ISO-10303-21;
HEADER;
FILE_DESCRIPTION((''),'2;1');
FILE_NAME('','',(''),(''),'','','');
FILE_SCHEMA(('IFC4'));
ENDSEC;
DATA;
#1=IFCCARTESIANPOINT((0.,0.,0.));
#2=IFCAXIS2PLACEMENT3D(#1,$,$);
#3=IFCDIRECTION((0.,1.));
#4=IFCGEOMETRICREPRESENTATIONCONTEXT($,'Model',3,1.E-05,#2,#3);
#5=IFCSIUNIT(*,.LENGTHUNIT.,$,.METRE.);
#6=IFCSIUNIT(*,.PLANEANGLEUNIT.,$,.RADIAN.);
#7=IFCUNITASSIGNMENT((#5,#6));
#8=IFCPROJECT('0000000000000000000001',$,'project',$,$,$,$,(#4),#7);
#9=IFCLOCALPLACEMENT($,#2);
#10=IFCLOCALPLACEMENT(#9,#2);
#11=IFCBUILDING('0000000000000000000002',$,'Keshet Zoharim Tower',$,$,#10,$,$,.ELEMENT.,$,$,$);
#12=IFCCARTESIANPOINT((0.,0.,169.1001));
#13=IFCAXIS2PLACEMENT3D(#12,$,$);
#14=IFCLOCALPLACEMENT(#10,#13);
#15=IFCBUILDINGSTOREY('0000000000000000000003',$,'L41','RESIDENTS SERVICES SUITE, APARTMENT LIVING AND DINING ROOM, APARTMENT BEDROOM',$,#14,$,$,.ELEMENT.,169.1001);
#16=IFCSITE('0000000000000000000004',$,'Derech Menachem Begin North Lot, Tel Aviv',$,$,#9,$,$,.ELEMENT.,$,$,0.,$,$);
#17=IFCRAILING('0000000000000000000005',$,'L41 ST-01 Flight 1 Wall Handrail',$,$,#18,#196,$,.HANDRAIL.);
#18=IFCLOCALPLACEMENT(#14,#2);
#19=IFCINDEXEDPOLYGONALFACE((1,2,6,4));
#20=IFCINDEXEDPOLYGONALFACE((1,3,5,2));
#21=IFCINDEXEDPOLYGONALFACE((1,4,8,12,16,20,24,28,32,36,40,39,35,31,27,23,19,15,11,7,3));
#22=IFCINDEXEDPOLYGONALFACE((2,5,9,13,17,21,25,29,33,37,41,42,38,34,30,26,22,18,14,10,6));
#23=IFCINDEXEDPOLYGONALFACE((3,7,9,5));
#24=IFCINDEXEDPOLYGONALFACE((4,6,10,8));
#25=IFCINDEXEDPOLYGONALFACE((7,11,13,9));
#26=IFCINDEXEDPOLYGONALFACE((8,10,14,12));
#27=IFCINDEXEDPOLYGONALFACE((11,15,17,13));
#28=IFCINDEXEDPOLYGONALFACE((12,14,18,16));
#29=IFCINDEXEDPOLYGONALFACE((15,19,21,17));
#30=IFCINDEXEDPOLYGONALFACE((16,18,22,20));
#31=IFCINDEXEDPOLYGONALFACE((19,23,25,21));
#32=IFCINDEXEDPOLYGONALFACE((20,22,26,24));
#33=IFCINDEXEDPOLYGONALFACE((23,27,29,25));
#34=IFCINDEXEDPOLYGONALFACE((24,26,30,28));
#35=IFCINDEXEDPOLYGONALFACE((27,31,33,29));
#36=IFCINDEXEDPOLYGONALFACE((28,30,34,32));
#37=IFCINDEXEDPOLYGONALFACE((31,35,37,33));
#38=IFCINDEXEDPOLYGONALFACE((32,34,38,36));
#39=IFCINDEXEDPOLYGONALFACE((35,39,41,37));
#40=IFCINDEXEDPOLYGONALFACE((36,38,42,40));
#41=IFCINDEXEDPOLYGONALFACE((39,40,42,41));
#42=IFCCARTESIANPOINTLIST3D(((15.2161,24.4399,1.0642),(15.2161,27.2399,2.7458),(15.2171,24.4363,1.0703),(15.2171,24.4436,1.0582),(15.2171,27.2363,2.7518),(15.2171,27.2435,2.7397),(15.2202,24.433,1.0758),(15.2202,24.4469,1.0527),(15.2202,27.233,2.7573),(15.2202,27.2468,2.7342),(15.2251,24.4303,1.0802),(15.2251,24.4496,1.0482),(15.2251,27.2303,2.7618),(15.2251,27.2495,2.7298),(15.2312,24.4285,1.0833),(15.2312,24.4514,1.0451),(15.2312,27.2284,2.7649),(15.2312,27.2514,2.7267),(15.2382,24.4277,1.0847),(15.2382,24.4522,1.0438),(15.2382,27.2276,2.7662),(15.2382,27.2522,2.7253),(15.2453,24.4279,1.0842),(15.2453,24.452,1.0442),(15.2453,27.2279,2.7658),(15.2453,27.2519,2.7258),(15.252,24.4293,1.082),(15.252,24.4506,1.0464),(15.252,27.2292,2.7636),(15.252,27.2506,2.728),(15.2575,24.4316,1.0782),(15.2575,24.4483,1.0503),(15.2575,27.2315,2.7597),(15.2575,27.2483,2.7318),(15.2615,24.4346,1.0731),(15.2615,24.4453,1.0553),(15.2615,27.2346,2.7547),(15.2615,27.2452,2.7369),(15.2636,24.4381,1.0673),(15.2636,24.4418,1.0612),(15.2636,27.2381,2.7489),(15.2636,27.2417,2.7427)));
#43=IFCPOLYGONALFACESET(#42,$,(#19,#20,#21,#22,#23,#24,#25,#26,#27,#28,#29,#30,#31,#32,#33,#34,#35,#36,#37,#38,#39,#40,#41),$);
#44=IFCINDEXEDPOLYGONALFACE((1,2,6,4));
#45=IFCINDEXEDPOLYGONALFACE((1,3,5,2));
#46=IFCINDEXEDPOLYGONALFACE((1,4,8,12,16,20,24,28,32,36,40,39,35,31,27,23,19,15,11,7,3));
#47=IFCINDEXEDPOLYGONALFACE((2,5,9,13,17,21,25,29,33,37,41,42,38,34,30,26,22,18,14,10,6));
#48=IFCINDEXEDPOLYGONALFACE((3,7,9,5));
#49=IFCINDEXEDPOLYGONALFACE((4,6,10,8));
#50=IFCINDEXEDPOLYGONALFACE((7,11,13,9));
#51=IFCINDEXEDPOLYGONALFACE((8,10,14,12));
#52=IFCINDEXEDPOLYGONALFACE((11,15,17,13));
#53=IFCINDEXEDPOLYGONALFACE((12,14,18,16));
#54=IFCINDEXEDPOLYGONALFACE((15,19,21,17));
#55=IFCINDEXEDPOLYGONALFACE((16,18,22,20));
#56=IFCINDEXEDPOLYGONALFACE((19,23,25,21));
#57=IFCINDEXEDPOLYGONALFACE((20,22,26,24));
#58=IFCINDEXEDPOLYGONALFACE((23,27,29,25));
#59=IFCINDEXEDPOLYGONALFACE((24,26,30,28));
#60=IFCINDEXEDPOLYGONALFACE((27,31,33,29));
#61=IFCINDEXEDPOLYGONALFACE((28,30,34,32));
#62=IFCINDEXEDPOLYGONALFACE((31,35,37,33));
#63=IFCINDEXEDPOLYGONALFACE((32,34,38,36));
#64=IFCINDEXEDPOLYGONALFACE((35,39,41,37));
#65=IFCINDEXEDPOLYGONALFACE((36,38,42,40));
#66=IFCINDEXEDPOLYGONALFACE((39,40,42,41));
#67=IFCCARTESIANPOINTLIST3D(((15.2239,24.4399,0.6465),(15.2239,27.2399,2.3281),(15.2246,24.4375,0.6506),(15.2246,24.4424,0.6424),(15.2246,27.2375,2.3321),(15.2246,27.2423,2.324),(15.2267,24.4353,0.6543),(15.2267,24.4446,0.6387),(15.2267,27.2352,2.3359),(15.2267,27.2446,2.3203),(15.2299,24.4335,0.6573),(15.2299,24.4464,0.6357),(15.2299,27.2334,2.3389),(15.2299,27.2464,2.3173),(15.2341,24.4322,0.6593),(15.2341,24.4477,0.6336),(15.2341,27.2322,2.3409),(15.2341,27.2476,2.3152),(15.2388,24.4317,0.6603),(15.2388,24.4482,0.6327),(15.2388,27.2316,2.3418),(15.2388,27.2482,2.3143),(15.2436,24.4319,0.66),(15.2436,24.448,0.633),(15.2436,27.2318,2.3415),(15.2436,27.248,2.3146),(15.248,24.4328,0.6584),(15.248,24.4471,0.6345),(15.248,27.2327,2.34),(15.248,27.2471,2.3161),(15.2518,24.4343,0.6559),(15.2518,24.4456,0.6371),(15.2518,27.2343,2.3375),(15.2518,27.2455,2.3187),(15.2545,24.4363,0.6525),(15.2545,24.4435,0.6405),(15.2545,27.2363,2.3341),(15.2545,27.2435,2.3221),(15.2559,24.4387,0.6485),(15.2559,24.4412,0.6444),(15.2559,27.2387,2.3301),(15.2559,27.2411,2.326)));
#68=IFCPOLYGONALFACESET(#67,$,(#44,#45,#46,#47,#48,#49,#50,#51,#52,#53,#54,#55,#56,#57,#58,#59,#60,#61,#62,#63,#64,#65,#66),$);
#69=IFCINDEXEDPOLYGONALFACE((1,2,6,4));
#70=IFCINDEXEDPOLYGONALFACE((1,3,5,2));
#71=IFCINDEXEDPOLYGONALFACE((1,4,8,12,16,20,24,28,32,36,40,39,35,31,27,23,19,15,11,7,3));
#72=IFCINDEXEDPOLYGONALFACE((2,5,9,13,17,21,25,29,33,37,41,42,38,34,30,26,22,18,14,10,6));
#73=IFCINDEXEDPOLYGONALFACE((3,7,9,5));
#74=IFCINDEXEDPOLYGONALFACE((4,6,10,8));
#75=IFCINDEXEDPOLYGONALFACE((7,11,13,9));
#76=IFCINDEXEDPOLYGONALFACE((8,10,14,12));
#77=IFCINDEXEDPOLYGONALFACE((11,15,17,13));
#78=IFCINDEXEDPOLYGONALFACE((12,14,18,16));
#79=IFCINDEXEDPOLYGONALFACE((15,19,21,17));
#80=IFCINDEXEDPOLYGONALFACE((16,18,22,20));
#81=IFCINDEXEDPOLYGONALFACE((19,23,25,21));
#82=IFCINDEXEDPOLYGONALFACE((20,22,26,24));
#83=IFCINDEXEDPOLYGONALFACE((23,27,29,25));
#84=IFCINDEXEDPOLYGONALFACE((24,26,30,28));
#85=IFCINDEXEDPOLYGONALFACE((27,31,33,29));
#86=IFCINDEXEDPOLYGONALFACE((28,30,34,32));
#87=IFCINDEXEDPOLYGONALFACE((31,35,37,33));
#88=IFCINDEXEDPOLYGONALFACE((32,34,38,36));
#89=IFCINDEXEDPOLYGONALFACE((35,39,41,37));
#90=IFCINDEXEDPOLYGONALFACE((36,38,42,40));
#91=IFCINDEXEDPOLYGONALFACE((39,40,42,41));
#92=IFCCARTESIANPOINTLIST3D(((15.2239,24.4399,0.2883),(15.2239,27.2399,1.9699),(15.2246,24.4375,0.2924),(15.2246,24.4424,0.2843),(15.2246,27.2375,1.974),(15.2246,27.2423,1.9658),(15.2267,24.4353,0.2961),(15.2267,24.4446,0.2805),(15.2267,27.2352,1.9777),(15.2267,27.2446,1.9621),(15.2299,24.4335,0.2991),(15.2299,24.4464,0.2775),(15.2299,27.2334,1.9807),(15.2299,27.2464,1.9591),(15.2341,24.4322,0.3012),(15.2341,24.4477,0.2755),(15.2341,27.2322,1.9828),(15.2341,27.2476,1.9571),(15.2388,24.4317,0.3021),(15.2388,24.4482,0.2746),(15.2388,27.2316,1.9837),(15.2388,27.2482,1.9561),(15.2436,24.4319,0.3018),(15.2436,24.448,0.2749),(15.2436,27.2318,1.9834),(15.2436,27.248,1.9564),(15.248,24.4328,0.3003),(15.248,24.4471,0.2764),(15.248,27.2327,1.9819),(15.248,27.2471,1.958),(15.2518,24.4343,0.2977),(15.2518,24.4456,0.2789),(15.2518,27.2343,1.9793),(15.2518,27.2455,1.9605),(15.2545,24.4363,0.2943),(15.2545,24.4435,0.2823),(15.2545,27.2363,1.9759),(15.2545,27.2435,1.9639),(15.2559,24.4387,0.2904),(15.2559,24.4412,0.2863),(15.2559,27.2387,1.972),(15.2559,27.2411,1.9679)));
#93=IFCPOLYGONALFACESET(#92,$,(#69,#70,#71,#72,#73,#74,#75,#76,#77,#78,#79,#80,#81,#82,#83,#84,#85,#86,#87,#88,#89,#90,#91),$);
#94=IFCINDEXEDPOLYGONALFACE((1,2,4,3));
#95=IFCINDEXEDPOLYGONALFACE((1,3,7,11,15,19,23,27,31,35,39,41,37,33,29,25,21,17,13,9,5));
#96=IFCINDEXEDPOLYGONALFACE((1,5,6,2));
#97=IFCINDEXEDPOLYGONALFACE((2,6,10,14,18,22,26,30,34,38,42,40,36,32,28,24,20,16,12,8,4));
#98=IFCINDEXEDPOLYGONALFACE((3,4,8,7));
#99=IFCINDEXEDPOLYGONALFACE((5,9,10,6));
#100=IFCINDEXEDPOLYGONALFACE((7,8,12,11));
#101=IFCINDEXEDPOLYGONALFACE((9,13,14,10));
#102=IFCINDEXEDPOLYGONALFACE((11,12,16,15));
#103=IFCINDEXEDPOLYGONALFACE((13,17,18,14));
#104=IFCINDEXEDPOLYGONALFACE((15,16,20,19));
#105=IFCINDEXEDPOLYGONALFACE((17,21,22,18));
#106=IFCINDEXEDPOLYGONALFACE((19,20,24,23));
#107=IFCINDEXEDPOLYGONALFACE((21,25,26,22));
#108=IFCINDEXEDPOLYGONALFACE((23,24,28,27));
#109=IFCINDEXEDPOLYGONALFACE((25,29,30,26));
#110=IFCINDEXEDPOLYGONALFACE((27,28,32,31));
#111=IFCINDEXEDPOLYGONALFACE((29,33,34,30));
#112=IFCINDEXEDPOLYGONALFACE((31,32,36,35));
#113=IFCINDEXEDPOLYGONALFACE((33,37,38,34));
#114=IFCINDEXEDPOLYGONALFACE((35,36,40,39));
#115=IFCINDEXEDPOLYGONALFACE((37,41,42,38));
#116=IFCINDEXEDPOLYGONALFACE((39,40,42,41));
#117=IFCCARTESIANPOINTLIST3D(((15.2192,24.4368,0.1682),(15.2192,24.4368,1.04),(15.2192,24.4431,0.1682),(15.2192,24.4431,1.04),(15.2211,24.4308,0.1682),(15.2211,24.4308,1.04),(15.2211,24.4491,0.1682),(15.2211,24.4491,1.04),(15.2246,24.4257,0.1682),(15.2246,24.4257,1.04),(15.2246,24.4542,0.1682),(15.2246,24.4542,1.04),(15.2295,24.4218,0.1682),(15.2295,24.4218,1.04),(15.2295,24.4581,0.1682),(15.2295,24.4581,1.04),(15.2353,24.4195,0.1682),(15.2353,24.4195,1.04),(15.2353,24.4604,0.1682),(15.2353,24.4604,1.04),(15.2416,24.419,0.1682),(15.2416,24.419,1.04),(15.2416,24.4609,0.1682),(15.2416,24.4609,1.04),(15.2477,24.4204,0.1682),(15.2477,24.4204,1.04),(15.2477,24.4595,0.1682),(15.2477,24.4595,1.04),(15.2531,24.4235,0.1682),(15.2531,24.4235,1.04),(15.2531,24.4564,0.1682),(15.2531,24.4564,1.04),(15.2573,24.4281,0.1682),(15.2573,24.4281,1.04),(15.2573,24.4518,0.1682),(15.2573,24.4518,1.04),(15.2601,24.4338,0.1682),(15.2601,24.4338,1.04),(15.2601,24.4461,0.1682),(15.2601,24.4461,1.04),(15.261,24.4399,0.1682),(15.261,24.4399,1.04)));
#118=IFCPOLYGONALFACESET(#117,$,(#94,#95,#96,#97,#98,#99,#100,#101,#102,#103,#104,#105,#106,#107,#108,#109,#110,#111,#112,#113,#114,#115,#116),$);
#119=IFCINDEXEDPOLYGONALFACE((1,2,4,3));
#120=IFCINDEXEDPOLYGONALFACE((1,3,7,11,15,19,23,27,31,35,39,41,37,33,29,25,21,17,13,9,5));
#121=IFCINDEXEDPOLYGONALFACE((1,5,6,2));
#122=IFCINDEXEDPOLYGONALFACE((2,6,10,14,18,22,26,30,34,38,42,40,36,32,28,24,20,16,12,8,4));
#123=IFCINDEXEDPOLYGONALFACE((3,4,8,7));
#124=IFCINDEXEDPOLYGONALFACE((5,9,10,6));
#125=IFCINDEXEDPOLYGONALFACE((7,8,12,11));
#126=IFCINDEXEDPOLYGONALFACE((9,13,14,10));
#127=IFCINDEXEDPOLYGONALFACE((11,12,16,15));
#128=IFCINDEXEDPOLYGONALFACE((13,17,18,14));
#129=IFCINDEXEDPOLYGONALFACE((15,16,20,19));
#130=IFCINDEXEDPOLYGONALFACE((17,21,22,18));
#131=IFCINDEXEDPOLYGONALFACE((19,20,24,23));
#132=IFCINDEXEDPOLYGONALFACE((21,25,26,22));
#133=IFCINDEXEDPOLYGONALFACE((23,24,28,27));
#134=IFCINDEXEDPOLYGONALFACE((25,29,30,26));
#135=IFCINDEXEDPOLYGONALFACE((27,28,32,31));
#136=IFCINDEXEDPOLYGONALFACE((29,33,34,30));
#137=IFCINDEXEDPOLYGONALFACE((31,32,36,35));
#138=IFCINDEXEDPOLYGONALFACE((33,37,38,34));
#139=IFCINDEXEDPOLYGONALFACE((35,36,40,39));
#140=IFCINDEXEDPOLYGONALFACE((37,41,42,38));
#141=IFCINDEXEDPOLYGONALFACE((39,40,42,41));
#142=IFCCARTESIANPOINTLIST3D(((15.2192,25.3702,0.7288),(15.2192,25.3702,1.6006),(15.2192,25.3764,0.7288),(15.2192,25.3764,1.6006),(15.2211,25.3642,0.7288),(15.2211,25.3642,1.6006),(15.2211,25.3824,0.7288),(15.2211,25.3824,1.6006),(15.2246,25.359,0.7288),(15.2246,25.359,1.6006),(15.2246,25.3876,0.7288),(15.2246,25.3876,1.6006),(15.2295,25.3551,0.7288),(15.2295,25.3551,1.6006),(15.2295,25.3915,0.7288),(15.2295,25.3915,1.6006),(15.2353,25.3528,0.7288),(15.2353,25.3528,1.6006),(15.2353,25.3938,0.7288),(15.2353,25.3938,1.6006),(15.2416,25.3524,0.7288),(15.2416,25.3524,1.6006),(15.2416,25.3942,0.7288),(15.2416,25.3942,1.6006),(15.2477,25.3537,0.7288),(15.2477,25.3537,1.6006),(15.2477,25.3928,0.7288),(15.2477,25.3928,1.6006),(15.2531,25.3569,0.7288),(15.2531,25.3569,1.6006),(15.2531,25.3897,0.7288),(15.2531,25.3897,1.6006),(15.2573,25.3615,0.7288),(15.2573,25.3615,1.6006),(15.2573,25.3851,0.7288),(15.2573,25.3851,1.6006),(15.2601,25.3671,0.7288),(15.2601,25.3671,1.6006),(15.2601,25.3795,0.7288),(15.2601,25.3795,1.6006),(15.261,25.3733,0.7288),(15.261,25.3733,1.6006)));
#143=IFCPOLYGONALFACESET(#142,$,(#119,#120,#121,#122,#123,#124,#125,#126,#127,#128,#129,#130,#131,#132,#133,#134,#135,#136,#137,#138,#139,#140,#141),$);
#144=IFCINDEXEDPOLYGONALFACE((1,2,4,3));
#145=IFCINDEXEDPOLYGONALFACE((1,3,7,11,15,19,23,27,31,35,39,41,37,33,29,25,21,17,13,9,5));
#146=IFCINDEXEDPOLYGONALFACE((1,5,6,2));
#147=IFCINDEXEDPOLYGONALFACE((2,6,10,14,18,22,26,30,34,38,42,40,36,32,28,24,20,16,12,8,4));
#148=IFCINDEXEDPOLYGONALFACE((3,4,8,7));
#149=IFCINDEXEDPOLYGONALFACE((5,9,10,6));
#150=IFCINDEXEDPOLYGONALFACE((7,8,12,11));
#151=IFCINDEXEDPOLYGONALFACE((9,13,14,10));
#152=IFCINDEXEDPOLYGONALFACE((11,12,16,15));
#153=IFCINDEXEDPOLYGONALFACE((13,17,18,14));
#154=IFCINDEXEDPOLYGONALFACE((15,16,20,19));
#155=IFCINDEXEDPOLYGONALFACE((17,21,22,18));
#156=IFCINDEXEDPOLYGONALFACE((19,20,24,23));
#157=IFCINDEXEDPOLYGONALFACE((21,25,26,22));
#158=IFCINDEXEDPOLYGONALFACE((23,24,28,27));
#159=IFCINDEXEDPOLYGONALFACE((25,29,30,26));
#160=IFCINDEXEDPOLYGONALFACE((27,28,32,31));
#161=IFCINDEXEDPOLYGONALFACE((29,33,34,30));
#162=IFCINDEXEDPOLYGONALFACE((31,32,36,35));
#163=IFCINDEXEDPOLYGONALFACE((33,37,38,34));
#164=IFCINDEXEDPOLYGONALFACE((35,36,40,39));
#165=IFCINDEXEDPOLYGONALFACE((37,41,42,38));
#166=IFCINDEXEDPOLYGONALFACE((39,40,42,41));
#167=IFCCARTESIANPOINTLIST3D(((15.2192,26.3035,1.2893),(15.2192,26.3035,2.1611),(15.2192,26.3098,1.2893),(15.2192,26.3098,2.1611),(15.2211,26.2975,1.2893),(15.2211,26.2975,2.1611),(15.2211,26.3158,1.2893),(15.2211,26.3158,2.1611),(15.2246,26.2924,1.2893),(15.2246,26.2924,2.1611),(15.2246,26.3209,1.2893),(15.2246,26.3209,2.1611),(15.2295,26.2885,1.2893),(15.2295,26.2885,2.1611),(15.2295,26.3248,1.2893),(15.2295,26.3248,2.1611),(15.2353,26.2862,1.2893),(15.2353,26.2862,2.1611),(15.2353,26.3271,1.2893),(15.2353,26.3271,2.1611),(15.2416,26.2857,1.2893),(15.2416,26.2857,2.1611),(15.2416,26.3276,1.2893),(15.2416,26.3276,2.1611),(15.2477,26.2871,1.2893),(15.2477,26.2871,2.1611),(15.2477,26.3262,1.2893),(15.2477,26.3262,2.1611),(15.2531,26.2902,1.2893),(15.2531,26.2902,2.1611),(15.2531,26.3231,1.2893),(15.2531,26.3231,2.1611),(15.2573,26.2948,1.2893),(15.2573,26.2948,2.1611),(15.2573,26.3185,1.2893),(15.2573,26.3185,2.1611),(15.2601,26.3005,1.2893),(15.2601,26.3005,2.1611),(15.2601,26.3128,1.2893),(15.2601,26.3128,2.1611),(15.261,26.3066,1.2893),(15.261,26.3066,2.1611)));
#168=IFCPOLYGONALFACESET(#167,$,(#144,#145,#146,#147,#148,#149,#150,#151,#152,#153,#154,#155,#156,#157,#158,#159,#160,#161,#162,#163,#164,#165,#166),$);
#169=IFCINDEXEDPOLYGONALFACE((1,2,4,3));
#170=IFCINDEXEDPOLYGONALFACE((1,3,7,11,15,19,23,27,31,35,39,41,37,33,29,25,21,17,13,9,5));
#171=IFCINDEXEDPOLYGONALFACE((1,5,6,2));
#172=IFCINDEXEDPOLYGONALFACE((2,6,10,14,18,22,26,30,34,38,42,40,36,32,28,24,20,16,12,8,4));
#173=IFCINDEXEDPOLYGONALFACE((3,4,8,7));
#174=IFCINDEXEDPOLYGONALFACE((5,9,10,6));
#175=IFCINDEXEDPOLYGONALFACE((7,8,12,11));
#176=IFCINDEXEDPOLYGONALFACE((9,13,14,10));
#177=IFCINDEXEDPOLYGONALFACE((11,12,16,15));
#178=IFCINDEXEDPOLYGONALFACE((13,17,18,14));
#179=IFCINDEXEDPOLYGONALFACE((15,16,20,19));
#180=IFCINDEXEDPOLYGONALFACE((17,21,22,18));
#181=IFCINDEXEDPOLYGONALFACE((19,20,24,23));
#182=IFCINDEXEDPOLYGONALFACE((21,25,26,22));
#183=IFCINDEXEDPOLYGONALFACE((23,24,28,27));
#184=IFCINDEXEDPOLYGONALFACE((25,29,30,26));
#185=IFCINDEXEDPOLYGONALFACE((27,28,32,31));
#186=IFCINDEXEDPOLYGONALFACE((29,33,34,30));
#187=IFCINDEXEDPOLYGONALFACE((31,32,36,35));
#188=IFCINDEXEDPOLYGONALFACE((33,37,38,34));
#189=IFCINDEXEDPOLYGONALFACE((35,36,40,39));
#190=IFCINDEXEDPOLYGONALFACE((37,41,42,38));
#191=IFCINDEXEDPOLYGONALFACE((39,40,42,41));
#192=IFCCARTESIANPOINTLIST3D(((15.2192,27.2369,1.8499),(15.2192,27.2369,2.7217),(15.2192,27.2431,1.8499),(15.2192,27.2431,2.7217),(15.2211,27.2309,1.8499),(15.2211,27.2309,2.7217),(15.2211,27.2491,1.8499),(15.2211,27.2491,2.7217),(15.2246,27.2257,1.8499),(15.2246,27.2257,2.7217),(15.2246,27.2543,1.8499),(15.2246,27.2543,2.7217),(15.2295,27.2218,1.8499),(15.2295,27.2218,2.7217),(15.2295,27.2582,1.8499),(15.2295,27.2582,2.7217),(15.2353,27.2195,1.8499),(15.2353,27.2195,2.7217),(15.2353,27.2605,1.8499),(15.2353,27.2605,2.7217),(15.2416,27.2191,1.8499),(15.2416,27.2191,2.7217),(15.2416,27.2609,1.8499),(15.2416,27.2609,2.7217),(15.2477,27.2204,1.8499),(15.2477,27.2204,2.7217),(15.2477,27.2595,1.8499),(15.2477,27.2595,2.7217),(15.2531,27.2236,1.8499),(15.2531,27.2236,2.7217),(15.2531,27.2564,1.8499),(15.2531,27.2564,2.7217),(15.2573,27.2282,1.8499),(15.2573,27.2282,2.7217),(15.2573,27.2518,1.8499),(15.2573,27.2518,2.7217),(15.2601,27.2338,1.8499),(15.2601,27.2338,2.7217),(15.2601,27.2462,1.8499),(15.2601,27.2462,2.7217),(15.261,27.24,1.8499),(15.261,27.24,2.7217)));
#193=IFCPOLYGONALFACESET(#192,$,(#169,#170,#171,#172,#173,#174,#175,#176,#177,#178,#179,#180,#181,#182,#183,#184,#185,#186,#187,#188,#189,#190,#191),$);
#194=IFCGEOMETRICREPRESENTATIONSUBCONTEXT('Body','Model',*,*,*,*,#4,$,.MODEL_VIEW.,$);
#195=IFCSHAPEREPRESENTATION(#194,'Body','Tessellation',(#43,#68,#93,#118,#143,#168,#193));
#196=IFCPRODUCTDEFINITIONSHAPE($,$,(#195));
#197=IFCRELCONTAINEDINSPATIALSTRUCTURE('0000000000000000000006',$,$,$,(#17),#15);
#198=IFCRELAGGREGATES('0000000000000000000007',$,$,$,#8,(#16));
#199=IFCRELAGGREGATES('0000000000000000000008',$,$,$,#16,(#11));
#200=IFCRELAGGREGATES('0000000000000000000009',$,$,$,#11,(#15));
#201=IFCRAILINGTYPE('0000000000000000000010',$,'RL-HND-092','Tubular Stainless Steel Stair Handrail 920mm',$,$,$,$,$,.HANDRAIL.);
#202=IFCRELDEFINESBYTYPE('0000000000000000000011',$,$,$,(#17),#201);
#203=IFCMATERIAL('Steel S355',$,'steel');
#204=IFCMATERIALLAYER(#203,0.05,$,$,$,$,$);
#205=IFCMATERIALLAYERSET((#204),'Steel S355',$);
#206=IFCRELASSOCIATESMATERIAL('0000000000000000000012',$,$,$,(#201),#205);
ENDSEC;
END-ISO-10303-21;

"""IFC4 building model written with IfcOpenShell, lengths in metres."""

from ifc_helpers import new_model, si_unit, direction, frame, origin, origin_2d, place, context, subcontext, project, spatial, circle, extrude, material, layer, layer_set, type_object, element, save


model = new_model("IFC4")

# Units and contexts
model_context = context("Model", 3, precision=1e-05, world=origin(), true_north=direction((0.0, 1.0)))
body_context = subcontext(model_context, "Body", "Model", "MODEL_VIEW")
ifc_project = project(units=[si_unit("LENGTHUNIT", "METRE"), si_unit("PLANEANGLEUNIT", "RADIAN")], contexts=[model_context])

# Site, building, storey
site_placement = place(None, origin())
site = spatial("IfcSite", under=ifc_project, at=site_placement, Name="Derech Menachem Begin North Lot, Tel Aviv", CompositionType="ELEMENT", RefElevation=0.0)
building_placement = place(site_placement, origin())
building = spatial("IfcBuilding", under=site, at=building_placement, Name="Keshet Zoharim Tower", CompositionType="ELEMENT")
storey_placement = place(building_placement, frame((0.0, 0.0, 169.1001)))
storey = spatial("IfcBuildingStorey", under=building, at=storey_placement, Name="L41", Description="RESIDENTS SERVICES SUITE, APARTMENT LIVING AND DINING ROOM, APARTMENT BEDROOM", CompositionType="ELEMENT", Elevation=169.1001)

# Railing
ifc_material_1 = material(Name="Steel S355", Category="steel")
ifc_layer_1 = layer(ifc_material_1, 0.05)
ifc_layer_set_1 = layer_set([ifc_layer_1], Name="Steel S355")
railing_type_1 = type_object("IfcRailingType", Name="RL-HND-092", Description="Tubular Stainless Steel Stair Handrail 920mm", PredefinedType="HANDRAIL", material=ifc_layer_set_1)
railing_1_placement = place(storey_placement, frame((15.24, 24.4399, 0.1682)))
element("IfcRailing", 1, at=railing_1_placement, inside=storey, type_object=railing_type_1, Name="L41 ST-01 Flight 1 Wall Handrail", PredefinedType="HANDRAIL", context=body_context, shape_type="SweptSolid", body=[
    extrude(circle(Radius=0.0239, at=origin_2d()), frame((0.0, 0.0, 0.896), z_axis=(0.0, 0.857275, 0.514858), x_axis=(-1.0, 0.0, 0.0)), (0.0, 0.0, 1.0), 3.2661),
    extrude(circle(Radius=0.0161, at=origin_2d()), frame((0.0, 0.0, 0.4783), z_axis=(0.0, 0.857275, 0.514858), x_axis=(-1.0, 0.0, 0.0)), (0.0, 0.0, 1.0), 3.2661),
    extrude(circle(Radius=0.0161, at=origin_2d()), frame((0.0, 0.0, 0.1201), z_axis=(0.0, 0.857275, 0.514858), x_axis=(-1.0, 0.0, 0.0)), (0.0, 0.0, 1.0), 3.2661),
    extrude(circle(Radius=0.021, at=origin_2d()), origin(), (0.0, 0.0, 1.0), 0.8718),
    extrude(circle(Radius=0.021, at=origin_2d()), frame((0.0, 0.9333, 0.5605)), (0.0, 0.0, 1.0), 0.8718),
    extrude(circle(Radius=0.021, at=origin_2d()), frame((0.0, 1.8667, 1.1211)), (0.0, 0.0, 1.0), 0.8718),
    extrude(circle(Radius=0.021, at=origin_2d()), frame((0.0, 2.8, 1.6816)), (0.0, 0.0, 1.0), 0.8718),
])

save(model, "model.ifc")
